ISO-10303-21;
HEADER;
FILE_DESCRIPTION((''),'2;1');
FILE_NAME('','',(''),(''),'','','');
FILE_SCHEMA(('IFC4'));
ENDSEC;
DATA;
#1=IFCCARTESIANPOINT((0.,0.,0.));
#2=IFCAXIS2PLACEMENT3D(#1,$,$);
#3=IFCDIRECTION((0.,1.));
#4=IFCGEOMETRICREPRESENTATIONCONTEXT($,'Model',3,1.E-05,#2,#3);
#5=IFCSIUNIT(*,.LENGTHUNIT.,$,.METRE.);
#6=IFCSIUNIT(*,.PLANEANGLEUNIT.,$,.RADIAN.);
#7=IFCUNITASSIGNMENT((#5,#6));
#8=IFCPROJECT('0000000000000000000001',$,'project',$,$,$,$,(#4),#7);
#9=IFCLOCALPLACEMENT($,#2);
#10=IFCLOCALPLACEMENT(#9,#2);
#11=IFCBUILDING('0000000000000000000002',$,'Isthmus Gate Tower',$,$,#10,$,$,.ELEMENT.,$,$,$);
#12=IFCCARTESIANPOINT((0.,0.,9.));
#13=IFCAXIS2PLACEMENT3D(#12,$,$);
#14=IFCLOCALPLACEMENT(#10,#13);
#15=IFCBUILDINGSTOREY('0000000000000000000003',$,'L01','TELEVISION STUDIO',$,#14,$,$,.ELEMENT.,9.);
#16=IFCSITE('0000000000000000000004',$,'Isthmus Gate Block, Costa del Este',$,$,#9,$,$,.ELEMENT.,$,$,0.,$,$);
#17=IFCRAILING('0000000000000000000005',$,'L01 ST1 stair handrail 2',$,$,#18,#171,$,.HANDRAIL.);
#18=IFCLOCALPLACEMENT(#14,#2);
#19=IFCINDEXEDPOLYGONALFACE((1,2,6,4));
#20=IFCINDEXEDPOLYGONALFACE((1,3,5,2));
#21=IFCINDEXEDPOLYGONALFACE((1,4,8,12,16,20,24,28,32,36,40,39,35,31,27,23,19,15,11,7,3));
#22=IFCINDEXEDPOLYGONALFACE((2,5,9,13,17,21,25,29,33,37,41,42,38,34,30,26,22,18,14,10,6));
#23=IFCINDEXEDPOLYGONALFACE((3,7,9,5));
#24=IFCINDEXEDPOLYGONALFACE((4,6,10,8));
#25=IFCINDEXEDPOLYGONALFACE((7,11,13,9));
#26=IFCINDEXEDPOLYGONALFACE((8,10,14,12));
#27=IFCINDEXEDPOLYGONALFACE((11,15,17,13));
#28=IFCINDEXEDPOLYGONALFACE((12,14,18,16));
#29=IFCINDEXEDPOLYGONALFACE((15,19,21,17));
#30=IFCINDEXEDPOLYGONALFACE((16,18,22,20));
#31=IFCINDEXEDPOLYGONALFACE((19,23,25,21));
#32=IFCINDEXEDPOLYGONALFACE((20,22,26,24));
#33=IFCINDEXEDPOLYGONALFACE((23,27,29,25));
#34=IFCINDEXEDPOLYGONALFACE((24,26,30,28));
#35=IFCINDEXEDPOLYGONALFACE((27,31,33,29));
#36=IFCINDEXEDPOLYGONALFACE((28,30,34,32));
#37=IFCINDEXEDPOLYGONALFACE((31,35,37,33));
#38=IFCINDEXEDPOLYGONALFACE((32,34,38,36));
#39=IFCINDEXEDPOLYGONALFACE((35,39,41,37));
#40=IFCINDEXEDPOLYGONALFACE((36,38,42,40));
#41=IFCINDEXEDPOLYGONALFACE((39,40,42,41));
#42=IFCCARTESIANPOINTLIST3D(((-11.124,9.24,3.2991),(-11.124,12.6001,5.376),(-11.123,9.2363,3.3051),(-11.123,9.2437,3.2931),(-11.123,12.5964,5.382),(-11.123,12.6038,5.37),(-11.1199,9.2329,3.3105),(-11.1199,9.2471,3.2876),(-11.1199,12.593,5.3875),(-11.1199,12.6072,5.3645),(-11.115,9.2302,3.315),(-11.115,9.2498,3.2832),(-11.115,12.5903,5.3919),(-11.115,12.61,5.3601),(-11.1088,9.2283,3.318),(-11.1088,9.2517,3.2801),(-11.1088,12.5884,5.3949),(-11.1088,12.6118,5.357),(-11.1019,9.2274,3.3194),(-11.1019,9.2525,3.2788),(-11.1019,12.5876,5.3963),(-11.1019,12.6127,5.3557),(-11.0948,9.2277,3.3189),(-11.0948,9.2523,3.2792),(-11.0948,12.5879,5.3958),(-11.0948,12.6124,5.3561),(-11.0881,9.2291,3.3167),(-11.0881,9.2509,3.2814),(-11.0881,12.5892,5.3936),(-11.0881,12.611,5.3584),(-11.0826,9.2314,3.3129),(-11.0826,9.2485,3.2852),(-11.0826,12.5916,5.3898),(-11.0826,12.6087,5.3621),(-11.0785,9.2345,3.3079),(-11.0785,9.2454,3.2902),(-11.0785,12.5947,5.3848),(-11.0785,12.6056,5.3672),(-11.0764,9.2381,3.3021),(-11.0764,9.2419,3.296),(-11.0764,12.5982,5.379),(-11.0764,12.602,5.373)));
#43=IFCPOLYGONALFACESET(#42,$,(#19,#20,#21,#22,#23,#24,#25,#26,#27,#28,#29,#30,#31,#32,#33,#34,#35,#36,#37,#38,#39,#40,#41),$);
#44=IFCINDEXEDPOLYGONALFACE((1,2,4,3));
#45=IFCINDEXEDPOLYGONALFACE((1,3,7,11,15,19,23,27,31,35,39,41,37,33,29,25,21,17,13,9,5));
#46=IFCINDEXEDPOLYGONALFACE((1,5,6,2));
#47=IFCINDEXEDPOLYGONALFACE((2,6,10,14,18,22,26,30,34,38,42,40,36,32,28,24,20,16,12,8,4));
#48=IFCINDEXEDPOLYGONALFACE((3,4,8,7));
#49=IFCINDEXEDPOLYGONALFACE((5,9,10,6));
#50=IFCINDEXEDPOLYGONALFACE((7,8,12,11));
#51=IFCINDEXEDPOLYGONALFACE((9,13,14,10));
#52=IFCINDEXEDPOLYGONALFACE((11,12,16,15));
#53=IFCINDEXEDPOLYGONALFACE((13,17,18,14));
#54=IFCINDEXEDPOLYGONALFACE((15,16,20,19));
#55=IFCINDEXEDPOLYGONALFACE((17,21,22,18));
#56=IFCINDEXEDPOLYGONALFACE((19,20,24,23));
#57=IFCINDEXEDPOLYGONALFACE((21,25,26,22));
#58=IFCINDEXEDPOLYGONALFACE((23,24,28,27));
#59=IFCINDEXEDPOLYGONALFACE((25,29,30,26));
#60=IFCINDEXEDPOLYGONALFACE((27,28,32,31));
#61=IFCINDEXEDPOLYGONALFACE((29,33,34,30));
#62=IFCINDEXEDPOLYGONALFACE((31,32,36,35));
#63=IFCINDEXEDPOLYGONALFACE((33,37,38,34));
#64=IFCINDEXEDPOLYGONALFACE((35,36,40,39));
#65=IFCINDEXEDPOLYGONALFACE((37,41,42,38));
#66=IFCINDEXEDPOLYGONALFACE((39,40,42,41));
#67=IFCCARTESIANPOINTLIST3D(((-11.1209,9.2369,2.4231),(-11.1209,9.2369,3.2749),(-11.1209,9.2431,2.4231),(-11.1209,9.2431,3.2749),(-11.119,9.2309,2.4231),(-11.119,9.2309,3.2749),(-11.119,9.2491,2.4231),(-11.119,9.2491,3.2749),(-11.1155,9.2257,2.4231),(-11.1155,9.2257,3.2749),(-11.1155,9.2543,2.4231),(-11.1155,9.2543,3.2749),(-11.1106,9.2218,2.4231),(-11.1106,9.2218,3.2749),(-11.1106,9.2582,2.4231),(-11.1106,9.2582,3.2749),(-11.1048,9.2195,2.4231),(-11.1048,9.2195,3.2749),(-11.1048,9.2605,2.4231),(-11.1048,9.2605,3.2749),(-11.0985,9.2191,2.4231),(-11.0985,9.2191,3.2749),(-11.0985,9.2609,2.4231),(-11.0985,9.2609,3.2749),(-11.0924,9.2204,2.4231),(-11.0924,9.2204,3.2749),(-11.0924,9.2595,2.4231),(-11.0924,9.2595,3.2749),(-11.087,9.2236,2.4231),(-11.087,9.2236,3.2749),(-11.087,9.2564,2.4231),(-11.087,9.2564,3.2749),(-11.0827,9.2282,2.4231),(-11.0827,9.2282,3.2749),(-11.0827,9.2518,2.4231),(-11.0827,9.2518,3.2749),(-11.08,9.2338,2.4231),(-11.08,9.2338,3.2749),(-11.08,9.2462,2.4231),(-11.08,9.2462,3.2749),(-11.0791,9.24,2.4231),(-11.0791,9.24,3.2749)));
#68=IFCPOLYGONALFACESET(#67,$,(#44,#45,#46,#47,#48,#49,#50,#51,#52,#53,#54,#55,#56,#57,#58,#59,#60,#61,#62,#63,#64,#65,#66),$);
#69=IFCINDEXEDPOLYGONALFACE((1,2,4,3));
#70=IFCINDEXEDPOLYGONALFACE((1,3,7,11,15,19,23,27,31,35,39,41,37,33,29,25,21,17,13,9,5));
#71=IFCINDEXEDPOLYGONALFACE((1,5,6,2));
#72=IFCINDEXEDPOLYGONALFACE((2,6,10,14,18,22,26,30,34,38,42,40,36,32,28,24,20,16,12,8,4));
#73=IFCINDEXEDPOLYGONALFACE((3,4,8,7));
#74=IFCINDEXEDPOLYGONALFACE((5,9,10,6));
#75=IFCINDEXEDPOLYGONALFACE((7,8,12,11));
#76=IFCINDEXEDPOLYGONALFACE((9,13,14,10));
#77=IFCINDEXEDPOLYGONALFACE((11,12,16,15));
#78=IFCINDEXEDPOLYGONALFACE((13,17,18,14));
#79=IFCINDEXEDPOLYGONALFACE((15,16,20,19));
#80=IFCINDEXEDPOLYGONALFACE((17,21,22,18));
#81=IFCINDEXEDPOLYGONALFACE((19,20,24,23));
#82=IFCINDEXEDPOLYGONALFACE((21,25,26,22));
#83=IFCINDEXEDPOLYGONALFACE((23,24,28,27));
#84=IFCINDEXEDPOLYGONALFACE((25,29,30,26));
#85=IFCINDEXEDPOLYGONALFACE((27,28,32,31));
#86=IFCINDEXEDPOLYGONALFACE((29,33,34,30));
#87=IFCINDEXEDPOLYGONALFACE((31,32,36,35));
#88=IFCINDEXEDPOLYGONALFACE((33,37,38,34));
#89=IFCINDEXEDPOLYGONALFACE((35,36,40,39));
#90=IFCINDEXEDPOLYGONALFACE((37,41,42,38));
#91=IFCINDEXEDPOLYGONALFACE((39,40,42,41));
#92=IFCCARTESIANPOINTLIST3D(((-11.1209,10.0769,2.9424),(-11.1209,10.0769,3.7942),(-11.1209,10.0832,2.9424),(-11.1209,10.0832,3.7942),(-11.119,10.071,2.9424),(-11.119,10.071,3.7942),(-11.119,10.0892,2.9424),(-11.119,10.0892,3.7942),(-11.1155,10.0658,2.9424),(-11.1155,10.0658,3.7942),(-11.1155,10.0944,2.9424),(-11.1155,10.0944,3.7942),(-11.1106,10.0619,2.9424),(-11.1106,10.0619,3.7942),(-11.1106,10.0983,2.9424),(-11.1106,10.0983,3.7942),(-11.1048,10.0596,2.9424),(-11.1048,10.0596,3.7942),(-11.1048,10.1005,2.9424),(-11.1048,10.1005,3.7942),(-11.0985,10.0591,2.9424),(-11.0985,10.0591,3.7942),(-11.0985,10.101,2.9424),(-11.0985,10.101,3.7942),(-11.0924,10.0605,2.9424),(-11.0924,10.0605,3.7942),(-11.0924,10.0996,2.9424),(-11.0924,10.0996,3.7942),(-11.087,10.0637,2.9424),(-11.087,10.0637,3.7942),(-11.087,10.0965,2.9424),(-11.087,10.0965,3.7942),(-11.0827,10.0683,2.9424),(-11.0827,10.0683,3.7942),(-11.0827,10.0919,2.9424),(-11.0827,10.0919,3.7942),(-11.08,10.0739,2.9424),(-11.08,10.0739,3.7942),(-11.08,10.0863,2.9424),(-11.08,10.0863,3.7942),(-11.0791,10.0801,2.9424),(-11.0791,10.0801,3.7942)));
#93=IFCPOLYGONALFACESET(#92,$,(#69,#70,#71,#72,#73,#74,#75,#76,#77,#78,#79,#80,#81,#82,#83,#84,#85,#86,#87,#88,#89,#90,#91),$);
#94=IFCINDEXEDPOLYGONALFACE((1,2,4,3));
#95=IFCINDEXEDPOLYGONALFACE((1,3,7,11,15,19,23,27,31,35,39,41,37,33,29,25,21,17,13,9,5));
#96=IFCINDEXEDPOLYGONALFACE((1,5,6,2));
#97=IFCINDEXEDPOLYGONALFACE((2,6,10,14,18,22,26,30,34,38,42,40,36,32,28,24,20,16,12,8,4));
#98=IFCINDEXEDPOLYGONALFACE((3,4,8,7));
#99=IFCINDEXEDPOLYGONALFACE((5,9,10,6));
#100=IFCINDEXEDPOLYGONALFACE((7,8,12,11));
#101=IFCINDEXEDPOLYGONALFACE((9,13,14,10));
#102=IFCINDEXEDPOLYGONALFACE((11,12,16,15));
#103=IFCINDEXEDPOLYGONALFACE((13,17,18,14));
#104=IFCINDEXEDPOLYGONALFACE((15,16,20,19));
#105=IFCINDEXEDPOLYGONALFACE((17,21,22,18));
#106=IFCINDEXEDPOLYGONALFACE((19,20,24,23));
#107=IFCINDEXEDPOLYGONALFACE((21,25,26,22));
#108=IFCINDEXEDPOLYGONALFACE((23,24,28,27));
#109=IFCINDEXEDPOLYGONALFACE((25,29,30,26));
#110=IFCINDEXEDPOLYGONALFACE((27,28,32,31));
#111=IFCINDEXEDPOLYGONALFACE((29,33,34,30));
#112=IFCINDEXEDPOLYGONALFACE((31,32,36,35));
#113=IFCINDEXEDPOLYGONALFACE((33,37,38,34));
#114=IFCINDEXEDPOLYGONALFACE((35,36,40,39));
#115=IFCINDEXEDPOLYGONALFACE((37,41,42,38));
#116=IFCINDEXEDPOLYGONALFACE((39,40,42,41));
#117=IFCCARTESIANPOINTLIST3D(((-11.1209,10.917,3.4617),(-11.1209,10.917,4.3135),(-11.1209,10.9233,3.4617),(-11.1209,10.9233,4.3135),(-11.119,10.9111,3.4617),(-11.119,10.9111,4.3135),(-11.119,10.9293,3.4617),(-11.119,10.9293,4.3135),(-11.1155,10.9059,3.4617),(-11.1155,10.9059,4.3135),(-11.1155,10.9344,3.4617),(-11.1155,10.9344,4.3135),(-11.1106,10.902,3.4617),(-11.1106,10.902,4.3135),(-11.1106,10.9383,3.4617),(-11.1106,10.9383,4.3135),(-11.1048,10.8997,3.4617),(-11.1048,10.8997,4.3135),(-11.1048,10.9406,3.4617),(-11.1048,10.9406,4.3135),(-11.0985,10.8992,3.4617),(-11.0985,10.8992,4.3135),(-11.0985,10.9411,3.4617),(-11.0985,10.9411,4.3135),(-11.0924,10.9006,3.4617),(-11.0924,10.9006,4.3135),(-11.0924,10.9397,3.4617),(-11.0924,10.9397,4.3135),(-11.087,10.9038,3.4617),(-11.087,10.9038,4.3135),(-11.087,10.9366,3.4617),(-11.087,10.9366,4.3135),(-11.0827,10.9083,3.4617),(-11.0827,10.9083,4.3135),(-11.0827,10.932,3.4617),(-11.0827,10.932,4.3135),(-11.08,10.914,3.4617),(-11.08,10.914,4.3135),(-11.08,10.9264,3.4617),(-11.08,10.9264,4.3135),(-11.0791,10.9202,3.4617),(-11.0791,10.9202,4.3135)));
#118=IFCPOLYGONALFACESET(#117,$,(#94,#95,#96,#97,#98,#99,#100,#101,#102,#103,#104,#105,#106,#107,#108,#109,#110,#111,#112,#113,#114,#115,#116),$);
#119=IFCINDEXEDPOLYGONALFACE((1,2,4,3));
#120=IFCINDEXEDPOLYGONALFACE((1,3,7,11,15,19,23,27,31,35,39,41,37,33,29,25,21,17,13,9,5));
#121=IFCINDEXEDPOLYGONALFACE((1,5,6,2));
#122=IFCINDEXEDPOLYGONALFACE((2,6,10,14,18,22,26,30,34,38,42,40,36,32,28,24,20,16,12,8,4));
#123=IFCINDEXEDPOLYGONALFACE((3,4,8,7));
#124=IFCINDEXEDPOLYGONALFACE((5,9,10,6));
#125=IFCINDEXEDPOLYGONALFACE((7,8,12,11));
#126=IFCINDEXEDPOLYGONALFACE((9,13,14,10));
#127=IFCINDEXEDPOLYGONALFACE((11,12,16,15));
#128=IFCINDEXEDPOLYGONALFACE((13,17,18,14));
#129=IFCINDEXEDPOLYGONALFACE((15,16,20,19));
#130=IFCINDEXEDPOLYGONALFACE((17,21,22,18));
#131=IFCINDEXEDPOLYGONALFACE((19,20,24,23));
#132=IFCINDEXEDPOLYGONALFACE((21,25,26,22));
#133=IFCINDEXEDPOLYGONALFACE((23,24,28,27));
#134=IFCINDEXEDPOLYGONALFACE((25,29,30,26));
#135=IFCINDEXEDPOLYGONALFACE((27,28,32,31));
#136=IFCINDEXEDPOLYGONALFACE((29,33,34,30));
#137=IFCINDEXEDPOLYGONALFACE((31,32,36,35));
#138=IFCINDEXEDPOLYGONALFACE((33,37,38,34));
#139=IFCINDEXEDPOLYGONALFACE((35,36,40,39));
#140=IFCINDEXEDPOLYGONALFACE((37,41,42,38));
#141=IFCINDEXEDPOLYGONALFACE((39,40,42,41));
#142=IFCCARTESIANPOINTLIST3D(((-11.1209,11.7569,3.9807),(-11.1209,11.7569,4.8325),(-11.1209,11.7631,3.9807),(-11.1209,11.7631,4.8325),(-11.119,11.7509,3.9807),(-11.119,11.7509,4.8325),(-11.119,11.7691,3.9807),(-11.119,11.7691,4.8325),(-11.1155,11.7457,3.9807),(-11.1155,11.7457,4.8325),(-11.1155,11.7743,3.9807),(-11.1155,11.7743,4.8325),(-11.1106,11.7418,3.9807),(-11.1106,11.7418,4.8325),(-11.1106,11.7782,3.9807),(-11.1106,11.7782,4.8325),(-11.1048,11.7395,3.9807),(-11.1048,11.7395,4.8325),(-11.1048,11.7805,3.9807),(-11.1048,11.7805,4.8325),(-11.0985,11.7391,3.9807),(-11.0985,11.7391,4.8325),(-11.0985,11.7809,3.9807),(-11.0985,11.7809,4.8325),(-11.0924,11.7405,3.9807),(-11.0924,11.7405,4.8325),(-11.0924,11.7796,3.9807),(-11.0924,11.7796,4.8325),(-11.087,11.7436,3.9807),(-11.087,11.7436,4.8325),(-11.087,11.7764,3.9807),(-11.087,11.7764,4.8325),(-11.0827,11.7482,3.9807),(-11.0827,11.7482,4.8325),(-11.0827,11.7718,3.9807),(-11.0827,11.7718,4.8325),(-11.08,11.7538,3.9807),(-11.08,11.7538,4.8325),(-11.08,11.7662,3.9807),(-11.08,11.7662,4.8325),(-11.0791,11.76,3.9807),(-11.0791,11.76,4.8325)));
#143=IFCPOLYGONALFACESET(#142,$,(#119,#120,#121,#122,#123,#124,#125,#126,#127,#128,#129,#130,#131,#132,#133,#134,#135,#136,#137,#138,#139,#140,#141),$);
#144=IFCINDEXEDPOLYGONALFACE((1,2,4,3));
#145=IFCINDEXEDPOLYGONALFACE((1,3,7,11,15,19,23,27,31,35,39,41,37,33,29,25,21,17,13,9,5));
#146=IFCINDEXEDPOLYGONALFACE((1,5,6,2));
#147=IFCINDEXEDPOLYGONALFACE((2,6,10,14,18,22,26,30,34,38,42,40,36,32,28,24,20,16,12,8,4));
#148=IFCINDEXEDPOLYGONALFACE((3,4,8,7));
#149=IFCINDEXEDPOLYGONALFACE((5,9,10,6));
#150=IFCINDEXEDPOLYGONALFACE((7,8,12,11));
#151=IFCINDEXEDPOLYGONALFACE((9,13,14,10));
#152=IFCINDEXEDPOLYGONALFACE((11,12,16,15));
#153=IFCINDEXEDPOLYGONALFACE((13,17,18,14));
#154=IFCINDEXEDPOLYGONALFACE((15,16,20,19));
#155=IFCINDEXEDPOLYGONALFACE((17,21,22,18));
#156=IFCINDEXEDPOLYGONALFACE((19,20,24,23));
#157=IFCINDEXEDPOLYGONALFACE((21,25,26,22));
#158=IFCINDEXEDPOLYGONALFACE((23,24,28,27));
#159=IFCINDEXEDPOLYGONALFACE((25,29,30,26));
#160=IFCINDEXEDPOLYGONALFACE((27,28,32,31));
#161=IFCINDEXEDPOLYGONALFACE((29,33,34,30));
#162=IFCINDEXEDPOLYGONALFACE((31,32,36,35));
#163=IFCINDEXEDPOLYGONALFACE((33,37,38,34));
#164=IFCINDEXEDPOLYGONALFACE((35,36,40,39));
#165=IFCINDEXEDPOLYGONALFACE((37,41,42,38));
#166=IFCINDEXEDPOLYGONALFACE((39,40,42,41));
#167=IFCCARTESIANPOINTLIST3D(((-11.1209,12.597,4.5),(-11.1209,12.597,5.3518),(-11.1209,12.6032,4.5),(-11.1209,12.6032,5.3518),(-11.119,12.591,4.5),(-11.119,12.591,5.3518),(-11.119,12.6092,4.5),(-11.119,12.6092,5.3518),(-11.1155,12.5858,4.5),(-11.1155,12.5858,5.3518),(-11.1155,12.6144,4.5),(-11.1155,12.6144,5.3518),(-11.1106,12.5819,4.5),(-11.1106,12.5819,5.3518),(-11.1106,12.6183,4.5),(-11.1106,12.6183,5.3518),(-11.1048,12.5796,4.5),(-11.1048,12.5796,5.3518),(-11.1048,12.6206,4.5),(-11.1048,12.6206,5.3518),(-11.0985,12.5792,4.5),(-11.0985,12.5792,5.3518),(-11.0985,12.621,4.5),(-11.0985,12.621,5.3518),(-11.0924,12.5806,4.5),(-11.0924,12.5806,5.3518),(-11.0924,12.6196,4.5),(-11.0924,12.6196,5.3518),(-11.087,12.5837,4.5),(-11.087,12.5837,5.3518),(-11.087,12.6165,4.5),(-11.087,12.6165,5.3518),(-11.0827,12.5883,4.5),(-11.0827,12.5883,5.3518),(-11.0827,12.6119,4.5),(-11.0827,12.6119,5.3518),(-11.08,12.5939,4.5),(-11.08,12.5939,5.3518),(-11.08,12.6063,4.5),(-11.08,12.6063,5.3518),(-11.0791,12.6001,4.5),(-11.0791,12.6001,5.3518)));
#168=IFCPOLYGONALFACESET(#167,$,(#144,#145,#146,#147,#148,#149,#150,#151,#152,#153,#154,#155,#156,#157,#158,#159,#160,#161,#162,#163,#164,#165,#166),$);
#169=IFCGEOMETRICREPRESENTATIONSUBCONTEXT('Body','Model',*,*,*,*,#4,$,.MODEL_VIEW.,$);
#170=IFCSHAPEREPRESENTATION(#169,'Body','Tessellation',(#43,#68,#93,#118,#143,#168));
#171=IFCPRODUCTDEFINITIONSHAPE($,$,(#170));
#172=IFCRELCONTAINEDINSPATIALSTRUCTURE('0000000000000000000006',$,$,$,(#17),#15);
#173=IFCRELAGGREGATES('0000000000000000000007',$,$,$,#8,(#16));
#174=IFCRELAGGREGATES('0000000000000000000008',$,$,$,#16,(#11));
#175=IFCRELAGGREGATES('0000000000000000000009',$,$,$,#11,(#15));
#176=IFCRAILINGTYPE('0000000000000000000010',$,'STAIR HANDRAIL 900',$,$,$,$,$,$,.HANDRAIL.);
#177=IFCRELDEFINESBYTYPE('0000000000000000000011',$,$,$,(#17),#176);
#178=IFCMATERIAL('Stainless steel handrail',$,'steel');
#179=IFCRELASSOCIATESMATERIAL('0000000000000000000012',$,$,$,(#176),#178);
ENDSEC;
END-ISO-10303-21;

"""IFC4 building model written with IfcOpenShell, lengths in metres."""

from ifc_helpers import new_model, si_unit, direction, frame, origin, origin_2d, place, context, subcontext, project, spatial, circle, extrude, material, type_object, element, save


model = new_model("IFC4")

# Units and contexts
model_context = context("Model", 3, precision=1e-05, world=origin(), true_north=direction((0.0, 1.0)))
body_context = subcontext(model_context, "Body", "Model", "MODEL_VIEW")
ifc_project = project(units=[si_unit("LENGTHUNIT", "METRE"), si_unit("PLANEANGLEUNIT", "RADIAN")], contexts=[model_context])

# Site, building, storey
site_placement = place(None, origin())
site = spatial("IfcSite", under=ifc_project, at=site_placement, Name="Isthmus Gate Block, Costa del Este", CompositionType="ELEMENT", RefElevation=0.0)
building_placement = place(site_placement, origin())
building = spatial("IfcBuilding", under=site, at=building_placement, Name="Isthmus Gate Tower", CompositionType="ELEMENT")
storey_placement = place(building_placement, frame((0.0, 0.0, 9.0)))
storey = spatial("IfcBuildingStorey", under=building, at=storey_placement, Name="L01", Description="TELEVISION STUDIO", CompositionType="ELEMENT", Elevation=9.0)

# Railing
ifc_material_1 = material(Name="Stainless steel handrail", Category="steel")
railing_type_1 = type_object("IfcRailingType", Name="STAIR HANDRAIL 900", PredefinedType="HANDRAIL", material=ifc_material_1)
for number, where, name in (
    (1, (-11.1001, 9.24, 2.4231), "L01 ST1 stair handrail 2"),
):
    element("IfcRailing", number, at=place(storey_placement, frame(where)), inside=storey, type_object=railing_type_1, Name=name, PredefinedType="HANDRAIL", context=body_context, shape_type="SweptSolid", body=[
        extrude(circle(Radius=0.0239, at=origin_2d()), frame((0.0, 0.0, 0.876), z_axis=(0.0, 0.850623, 0.525776), x_axis=(-1.0, 0.0, 0.0)), (0.0, 0.0, 1.0), 3.9502),
        extrude(circle(Radius=0.021, at=origin_2d()), origin(), (0.0, 0.0, 1.0), 0.8518),
        extrude(circle(Radius=0.021, at=origin_2d()), frame((0.0, 0.8401, 0.5193)), (0.0, 0.0, 1.0), 0.8518),
        extrude(circle(Radius=0.021, at=origin_2d()), frame((0.0, 1.6802, 1.0386)), (0.0, 0.0, 1.0), 0.8518),
        extrude(circle(Radius=0.021, at=origin_2d()), frame((0.0, 2.52, 1.5576)), (0.0, 0.0, 1.0), 0.8518),
        extrude(circle(Radius=0.021, at=origin_2d()), frame((0.0, 3.3601, 2.0769)), (0.0, 0.0, 1.0), 0.8518),
    ])

save(model, "model.ifc")
